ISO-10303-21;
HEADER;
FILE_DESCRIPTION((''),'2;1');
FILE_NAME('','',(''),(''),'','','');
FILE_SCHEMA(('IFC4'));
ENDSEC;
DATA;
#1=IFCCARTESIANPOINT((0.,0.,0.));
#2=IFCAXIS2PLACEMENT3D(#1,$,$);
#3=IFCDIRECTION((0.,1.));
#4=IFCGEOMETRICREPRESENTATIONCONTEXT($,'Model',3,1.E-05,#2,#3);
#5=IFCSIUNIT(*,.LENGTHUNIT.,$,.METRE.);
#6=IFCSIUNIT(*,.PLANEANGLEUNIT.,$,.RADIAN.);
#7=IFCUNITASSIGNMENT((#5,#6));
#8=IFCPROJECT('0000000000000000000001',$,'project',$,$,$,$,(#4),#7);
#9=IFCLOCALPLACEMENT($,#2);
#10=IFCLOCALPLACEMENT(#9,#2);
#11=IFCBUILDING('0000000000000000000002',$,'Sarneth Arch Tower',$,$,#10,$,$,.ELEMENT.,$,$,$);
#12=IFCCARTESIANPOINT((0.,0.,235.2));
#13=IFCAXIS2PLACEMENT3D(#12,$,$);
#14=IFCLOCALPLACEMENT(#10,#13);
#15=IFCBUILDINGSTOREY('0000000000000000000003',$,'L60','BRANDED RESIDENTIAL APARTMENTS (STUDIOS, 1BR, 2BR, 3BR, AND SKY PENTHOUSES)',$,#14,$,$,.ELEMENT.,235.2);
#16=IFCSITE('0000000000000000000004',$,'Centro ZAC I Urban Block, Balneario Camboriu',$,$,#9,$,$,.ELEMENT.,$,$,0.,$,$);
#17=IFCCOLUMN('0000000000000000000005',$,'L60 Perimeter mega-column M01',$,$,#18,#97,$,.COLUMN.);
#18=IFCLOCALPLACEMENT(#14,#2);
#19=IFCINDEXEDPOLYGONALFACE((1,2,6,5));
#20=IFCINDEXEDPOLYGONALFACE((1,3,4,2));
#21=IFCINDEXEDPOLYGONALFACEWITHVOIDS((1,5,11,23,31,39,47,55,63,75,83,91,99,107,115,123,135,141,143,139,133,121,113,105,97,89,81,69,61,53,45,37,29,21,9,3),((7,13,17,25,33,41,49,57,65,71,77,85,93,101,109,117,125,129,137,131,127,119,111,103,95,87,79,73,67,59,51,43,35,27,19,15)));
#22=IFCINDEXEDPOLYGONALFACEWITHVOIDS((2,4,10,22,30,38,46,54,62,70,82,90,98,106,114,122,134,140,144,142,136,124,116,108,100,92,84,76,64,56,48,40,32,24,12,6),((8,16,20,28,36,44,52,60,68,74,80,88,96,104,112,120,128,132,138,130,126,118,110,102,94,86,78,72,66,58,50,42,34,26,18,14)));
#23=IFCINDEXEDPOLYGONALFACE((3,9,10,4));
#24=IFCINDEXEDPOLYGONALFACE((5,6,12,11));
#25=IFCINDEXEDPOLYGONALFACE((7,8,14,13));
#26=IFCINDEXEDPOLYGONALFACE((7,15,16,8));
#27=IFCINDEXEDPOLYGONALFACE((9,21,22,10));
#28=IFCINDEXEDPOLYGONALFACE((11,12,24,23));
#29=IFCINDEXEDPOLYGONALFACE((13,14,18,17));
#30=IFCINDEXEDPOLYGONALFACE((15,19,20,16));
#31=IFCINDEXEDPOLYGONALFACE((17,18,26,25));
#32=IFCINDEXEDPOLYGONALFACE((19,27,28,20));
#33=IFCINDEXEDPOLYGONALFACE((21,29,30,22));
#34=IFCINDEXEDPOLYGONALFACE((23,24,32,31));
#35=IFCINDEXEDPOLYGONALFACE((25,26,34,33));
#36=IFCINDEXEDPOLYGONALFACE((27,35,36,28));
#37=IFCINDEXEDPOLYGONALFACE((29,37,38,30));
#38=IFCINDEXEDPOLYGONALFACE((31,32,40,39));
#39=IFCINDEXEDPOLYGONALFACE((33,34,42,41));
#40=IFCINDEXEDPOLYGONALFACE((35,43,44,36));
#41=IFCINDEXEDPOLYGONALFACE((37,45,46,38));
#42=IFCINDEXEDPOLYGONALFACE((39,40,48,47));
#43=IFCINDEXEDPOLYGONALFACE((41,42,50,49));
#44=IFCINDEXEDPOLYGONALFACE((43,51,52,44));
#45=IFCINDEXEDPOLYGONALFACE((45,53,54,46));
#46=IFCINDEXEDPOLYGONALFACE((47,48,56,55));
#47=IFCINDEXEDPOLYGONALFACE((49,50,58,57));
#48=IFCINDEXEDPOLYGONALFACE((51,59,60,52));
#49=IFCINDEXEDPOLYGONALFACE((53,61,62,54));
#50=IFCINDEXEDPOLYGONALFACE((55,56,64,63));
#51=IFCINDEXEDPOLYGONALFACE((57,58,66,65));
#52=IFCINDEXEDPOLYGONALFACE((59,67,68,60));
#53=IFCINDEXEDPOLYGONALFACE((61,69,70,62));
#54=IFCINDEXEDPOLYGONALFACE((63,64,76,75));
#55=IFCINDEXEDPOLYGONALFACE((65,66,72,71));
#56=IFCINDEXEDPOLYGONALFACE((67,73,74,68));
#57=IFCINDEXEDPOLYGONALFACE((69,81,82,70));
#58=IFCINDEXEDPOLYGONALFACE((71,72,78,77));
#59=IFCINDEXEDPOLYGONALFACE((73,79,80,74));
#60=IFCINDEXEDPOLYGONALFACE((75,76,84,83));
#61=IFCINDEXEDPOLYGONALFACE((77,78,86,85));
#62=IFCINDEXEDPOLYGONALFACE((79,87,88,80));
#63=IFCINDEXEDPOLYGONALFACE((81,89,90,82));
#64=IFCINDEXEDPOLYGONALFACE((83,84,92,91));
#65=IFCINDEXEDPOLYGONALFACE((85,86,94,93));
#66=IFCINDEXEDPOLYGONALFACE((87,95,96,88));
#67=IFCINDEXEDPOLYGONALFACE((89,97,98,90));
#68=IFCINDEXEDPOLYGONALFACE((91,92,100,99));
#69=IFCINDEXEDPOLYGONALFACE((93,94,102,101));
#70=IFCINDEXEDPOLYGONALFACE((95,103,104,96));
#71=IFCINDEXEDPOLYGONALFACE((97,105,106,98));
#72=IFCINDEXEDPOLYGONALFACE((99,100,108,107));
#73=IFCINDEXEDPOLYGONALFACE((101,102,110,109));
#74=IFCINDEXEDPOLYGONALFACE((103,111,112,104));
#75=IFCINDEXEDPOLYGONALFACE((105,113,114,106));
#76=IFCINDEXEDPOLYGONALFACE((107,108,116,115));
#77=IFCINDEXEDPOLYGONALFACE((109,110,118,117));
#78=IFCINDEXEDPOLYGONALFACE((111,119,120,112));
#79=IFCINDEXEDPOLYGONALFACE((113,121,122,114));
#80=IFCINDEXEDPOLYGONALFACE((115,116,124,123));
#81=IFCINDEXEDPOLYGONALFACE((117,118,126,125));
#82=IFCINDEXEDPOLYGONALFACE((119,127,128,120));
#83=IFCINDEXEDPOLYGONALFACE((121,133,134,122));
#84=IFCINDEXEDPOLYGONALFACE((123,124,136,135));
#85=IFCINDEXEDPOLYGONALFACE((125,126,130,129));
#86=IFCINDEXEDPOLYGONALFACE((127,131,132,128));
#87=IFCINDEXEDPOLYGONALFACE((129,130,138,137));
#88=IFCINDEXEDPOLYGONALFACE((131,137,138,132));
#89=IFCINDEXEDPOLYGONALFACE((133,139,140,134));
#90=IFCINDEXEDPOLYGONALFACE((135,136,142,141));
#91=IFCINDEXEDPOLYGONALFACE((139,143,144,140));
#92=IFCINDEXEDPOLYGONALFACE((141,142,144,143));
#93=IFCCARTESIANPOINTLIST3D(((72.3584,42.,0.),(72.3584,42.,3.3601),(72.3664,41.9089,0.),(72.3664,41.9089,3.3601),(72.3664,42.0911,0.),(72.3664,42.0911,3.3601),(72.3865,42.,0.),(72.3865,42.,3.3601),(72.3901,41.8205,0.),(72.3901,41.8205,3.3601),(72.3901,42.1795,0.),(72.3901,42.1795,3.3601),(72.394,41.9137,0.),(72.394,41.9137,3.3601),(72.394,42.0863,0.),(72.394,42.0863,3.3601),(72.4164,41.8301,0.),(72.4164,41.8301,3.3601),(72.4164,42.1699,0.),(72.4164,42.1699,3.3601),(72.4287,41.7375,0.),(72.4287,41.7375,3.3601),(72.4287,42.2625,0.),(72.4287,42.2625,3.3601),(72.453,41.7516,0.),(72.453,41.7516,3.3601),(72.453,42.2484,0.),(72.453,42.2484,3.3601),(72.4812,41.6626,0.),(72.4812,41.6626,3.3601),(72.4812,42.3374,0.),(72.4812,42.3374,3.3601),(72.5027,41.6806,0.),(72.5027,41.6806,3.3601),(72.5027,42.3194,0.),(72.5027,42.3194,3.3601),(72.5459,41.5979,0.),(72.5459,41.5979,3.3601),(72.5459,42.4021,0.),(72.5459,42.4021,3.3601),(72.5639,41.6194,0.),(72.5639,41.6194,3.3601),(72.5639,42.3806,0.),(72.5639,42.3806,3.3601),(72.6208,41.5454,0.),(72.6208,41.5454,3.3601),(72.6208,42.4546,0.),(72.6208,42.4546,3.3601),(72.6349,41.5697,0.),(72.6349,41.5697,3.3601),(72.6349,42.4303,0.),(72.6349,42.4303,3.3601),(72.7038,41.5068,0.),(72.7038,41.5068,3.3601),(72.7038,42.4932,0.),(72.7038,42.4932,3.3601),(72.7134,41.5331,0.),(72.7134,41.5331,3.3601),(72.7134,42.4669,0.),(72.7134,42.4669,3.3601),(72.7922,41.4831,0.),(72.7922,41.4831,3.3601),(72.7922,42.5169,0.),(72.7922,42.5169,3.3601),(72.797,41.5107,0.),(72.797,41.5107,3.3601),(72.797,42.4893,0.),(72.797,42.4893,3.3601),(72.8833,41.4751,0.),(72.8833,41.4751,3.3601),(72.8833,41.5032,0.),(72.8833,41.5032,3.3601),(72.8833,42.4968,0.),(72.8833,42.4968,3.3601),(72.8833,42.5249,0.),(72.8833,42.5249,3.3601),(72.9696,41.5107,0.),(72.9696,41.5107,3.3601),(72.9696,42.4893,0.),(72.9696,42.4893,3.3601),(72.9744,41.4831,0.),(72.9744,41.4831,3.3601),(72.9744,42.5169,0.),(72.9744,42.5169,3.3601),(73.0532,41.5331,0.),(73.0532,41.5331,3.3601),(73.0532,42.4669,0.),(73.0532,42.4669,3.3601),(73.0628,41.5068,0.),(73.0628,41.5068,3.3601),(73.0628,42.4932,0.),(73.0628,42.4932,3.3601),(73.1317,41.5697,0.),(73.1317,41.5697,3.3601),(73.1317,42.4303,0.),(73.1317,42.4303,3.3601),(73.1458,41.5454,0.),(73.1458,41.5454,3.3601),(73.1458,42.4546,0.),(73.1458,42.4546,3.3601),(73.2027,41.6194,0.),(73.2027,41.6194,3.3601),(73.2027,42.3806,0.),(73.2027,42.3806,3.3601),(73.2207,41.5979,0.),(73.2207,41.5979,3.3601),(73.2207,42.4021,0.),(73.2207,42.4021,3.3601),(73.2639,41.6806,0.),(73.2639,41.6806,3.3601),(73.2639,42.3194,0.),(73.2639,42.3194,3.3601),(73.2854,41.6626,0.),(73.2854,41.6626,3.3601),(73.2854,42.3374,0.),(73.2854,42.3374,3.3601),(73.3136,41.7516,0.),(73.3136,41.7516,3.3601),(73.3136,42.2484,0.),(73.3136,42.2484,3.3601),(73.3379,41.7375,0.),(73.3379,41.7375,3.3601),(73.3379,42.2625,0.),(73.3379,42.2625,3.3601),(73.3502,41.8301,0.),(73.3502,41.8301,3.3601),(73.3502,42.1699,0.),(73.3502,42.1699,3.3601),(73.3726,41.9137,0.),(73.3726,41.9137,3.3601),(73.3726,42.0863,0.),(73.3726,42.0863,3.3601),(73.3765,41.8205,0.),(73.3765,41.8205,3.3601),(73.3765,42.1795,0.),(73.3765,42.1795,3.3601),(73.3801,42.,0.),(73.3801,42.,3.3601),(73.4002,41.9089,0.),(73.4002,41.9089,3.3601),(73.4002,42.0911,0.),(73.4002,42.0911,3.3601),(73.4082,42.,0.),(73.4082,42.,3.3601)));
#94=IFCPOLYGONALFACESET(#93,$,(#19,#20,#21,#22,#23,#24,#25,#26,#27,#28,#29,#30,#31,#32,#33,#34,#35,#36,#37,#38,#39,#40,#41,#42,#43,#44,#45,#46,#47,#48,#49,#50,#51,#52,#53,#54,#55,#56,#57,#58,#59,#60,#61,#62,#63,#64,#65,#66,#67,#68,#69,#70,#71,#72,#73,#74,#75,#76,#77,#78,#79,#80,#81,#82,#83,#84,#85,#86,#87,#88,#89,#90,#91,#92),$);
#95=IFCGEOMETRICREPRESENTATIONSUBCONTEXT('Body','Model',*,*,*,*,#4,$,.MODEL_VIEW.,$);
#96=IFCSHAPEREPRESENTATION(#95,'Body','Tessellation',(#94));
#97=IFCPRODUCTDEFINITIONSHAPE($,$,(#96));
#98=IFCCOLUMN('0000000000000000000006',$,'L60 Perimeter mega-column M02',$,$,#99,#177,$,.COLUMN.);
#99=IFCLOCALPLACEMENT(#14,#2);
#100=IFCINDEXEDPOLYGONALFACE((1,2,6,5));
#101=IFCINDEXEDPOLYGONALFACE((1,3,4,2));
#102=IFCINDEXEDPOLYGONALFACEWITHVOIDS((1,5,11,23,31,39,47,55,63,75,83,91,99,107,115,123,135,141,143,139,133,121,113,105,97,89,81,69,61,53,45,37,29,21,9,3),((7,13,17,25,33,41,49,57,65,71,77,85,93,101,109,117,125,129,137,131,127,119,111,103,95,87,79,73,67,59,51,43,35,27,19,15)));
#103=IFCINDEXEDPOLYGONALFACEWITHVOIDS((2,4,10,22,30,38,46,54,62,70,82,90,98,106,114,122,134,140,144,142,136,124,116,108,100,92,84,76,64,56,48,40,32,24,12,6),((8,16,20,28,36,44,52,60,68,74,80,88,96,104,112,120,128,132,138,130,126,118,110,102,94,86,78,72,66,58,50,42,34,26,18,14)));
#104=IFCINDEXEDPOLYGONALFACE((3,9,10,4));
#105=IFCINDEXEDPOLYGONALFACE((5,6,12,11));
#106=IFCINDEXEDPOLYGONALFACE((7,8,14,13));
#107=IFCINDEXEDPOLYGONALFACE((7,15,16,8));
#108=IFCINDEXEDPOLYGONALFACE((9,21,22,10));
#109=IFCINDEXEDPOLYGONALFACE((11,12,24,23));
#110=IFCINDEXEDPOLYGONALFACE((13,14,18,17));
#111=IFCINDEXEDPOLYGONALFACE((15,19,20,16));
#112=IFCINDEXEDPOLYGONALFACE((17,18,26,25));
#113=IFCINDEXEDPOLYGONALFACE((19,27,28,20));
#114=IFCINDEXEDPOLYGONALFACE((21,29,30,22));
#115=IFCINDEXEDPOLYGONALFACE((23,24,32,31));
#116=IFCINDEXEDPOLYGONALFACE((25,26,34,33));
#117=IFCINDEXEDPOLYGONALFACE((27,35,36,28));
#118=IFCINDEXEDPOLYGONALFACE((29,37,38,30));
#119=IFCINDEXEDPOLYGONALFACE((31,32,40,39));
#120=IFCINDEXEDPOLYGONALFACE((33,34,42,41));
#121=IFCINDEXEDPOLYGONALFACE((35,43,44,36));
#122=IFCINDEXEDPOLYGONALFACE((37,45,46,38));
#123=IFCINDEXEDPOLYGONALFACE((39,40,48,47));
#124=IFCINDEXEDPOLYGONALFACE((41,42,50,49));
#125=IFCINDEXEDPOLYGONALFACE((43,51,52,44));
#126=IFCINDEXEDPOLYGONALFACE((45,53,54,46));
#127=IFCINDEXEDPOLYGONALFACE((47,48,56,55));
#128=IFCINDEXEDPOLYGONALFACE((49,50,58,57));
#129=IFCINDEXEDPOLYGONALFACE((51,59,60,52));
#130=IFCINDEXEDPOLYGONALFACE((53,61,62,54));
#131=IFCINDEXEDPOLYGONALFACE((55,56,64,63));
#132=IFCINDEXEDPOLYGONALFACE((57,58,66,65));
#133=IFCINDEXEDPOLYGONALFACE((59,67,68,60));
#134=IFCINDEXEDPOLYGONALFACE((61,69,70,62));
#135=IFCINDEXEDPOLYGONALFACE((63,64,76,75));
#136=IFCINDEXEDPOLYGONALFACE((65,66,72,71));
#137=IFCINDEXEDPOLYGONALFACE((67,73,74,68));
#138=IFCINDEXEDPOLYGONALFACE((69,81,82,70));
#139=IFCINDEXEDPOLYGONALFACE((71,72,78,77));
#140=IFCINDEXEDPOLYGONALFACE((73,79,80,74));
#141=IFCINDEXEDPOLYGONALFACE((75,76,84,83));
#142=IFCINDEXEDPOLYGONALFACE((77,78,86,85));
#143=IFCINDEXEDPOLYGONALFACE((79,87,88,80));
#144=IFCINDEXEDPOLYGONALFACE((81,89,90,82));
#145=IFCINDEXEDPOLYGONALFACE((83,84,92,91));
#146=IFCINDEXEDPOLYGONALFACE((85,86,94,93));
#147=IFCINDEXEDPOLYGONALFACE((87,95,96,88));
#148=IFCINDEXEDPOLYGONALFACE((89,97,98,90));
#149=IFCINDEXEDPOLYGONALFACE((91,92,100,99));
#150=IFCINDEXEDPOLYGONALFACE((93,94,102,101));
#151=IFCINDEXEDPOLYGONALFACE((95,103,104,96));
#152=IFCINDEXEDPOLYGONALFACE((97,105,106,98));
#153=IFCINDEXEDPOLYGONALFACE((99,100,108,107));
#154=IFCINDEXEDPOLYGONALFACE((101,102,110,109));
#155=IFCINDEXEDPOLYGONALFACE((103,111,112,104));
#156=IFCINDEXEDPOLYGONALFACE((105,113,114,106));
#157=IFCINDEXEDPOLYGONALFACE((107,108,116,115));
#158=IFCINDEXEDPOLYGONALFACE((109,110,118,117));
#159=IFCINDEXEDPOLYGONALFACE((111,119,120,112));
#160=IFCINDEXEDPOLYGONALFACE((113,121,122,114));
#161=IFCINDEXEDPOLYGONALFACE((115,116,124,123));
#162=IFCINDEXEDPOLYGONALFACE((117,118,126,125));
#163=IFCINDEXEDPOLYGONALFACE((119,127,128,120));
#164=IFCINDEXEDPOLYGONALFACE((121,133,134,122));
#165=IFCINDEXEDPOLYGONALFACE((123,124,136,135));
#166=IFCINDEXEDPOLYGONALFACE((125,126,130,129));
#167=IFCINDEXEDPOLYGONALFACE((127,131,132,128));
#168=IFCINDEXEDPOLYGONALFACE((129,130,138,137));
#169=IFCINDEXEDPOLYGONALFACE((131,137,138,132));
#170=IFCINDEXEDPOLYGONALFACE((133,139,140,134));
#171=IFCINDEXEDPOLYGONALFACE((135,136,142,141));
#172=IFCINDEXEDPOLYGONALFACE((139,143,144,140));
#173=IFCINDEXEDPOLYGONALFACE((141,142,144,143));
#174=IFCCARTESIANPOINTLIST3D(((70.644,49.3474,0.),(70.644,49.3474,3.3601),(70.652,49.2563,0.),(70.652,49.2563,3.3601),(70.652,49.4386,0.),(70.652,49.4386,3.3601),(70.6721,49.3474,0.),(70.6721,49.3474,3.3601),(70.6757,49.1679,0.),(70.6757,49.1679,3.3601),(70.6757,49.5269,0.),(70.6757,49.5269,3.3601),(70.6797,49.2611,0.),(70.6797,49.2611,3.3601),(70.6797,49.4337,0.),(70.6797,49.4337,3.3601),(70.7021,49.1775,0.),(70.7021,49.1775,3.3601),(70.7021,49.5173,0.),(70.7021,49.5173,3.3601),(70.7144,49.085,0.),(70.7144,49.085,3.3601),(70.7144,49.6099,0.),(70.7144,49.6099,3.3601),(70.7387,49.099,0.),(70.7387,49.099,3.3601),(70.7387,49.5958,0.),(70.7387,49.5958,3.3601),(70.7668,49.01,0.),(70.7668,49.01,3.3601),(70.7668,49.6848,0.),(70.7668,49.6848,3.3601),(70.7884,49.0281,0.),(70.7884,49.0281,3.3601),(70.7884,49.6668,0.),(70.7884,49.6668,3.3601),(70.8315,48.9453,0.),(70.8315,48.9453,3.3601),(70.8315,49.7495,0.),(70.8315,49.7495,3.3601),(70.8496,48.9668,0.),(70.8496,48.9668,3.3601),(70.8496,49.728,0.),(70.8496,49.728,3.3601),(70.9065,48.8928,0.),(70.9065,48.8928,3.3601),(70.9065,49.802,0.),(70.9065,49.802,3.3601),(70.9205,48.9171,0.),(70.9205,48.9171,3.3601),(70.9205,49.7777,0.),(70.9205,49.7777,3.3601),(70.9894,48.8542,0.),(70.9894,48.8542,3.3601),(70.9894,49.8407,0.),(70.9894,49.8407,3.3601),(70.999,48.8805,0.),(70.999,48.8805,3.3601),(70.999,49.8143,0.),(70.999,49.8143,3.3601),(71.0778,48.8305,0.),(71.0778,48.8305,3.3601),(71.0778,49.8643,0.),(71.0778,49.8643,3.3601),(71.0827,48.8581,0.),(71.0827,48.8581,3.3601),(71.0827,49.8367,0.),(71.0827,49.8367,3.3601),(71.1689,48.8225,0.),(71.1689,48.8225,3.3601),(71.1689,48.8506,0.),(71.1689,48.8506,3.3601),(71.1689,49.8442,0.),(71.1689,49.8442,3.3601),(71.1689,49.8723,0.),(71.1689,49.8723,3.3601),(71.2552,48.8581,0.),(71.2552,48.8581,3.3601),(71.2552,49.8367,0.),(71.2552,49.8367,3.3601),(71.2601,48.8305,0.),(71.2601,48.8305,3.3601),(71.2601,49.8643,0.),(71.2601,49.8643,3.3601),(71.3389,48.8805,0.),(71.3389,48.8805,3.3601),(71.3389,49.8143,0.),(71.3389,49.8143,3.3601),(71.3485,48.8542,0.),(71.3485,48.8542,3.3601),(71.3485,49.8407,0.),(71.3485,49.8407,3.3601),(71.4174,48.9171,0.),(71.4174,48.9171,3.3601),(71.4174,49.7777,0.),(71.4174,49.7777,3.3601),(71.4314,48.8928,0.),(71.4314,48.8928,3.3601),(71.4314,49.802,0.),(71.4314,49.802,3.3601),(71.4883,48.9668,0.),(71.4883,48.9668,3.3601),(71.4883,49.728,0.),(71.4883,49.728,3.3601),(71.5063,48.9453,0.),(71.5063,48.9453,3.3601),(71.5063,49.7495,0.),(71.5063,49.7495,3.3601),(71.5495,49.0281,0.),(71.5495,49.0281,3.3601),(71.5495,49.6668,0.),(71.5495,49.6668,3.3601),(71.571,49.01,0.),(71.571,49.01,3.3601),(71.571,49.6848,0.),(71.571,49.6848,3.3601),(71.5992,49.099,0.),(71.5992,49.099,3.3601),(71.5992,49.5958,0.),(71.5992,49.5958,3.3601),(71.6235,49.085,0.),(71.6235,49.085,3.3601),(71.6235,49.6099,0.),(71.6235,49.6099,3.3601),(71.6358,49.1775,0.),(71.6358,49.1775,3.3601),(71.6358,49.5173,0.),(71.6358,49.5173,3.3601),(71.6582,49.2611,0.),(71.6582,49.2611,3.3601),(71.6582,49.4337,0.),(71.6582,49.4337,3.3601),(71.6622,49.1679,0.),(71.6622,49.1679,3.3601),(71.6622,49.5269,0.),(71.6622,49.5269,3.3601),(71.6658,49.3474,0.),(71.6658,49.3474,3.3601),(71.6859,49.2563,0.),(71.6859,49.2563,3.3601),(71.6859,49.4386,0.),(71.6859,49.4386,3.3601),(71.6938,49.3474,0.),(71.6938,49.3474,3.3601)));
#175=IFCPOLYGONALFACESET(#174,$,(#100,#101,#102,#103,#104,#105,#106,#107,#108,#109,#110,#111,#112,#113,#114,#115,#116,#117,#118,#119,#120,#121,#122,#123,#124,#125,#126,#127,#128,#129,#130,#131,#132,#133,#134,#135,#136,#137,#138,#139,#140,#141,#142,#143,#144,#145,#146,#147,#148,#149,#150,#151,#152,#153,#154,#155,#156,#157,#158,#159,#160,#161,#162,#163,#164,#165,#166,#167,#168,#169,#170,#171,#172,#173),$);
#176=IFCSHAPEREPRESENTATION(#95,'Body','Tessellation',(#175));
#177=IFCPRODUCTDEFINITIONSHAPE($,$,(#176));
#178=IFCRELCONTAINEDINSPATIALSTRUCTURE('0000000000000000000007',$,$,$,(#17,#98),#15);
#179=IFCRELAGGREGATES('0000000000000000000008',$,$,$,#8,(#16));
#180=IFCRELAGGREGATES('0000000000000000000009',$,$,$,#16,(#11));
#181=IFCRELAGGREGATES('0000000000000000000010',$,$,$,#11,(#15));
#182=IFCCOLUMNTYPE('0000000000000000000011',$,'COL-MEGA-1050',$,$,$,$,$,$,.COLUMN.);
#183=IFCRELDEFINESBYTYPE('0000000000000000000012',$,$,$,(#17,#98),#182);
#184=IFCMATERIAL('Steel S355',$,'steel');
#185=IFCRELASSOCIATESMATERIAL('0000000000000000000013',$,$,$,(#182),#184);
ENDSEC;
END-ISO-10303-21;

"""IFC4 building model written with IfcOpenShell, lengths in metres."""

from ifc_helpers import new_model, si_unit, direction, frame, origin, origin_2d, place, context, subcontext, project, spatial, hollow_circle, extrude, material, material_profile, profile_set, type_object, element, save


model = new_model("IFC4")

# Units and contexts
model_context = context("Model", 3, precision=1e-05, world=origin(), true_north=direction((0.0, 1.0)))
body_context = subcontext(model_context, "Body", "Model", "MODEL_VIEW")
ifc_project = project(units=[si_unit("LENGTHUNIT", "METRE"), si_unit("PLANEANGLEUNIT", "RADIAN")], contexts=[model_context])

# Site, building, storey
site_placement = place(None, origin())
site = spatial("IfcSite", under=ifc_project, at=site_placement, Name="Centro ZAC I Urban Block, Balneario Camboriu", CompositionType="ELEMENT", RefElevation=0.0)
building_placement = place(site_placement, origin())
building = spatial("IfcBuilding", under=site, at=building_placement, Name="Sarneth Arch Tower", CompositionType="ELEMENT")
storey_placement = place(building_placement, frame((0.0, 0.0, 235.2)))
storey = spatial("IfcBuildingStorey", under=building, at=storey_placement, Name="L60", Description="BRANDED RESIDENTIAL APARTMENTS (STUDIOS, 1BR, 2BR, 3BR, AND SKY PENTHOUSES)", CompositionType="ELEMENT", Elevation=235.2)

# Columns
ifc_material_1 = material(Name="Steel S355", Category="steel")
ifc_material_profile_1 = material_profile(ifc_material_1, hollow_circle(Radius=0.5249, WallThickness=0.0281, at=origin_2d()), Name="CHS1050x28")
ifc_profile_set_1 = profile_set([ifc_material_profile_1], Name="Steel S355")
column_type = type_object("IfcColumnType", Name="COL-MEGA-1050", PredefinedType="COLUMN", material=ifc_profile_set_1)
for number, where, z_axis, x_axis, name in (
    (1, (72.8833, 42.0, 0.0), (0.0, 0.0, 1.0), (1.0, 0.0, 0.0), "L60 Perimeter mega-column M01"),
    (2, (71.1689, 49.3474, 0.0), (0.0, 0.0, 1.0), (1.0, 0.0, 0.0), "L60 Perimeter mega-column M02"),
):
    element("IfcColumn", number, at=place(storey_placement, frame(where, z_axis=z_axis, x_axis=x_axis)), inside=storey, type_object=column_type, Name=name, PredefinedType="COLUMN", context=body_context, shape_type="SweptSolid", body=[
        extrude(hollow_circle(Radius=0.5249, WallThickness=0.0281, at=origin_2d()), origin(), (0.0, 0.0, 1.0), 3.3601),
    ])

save(model, "model.ifc")
